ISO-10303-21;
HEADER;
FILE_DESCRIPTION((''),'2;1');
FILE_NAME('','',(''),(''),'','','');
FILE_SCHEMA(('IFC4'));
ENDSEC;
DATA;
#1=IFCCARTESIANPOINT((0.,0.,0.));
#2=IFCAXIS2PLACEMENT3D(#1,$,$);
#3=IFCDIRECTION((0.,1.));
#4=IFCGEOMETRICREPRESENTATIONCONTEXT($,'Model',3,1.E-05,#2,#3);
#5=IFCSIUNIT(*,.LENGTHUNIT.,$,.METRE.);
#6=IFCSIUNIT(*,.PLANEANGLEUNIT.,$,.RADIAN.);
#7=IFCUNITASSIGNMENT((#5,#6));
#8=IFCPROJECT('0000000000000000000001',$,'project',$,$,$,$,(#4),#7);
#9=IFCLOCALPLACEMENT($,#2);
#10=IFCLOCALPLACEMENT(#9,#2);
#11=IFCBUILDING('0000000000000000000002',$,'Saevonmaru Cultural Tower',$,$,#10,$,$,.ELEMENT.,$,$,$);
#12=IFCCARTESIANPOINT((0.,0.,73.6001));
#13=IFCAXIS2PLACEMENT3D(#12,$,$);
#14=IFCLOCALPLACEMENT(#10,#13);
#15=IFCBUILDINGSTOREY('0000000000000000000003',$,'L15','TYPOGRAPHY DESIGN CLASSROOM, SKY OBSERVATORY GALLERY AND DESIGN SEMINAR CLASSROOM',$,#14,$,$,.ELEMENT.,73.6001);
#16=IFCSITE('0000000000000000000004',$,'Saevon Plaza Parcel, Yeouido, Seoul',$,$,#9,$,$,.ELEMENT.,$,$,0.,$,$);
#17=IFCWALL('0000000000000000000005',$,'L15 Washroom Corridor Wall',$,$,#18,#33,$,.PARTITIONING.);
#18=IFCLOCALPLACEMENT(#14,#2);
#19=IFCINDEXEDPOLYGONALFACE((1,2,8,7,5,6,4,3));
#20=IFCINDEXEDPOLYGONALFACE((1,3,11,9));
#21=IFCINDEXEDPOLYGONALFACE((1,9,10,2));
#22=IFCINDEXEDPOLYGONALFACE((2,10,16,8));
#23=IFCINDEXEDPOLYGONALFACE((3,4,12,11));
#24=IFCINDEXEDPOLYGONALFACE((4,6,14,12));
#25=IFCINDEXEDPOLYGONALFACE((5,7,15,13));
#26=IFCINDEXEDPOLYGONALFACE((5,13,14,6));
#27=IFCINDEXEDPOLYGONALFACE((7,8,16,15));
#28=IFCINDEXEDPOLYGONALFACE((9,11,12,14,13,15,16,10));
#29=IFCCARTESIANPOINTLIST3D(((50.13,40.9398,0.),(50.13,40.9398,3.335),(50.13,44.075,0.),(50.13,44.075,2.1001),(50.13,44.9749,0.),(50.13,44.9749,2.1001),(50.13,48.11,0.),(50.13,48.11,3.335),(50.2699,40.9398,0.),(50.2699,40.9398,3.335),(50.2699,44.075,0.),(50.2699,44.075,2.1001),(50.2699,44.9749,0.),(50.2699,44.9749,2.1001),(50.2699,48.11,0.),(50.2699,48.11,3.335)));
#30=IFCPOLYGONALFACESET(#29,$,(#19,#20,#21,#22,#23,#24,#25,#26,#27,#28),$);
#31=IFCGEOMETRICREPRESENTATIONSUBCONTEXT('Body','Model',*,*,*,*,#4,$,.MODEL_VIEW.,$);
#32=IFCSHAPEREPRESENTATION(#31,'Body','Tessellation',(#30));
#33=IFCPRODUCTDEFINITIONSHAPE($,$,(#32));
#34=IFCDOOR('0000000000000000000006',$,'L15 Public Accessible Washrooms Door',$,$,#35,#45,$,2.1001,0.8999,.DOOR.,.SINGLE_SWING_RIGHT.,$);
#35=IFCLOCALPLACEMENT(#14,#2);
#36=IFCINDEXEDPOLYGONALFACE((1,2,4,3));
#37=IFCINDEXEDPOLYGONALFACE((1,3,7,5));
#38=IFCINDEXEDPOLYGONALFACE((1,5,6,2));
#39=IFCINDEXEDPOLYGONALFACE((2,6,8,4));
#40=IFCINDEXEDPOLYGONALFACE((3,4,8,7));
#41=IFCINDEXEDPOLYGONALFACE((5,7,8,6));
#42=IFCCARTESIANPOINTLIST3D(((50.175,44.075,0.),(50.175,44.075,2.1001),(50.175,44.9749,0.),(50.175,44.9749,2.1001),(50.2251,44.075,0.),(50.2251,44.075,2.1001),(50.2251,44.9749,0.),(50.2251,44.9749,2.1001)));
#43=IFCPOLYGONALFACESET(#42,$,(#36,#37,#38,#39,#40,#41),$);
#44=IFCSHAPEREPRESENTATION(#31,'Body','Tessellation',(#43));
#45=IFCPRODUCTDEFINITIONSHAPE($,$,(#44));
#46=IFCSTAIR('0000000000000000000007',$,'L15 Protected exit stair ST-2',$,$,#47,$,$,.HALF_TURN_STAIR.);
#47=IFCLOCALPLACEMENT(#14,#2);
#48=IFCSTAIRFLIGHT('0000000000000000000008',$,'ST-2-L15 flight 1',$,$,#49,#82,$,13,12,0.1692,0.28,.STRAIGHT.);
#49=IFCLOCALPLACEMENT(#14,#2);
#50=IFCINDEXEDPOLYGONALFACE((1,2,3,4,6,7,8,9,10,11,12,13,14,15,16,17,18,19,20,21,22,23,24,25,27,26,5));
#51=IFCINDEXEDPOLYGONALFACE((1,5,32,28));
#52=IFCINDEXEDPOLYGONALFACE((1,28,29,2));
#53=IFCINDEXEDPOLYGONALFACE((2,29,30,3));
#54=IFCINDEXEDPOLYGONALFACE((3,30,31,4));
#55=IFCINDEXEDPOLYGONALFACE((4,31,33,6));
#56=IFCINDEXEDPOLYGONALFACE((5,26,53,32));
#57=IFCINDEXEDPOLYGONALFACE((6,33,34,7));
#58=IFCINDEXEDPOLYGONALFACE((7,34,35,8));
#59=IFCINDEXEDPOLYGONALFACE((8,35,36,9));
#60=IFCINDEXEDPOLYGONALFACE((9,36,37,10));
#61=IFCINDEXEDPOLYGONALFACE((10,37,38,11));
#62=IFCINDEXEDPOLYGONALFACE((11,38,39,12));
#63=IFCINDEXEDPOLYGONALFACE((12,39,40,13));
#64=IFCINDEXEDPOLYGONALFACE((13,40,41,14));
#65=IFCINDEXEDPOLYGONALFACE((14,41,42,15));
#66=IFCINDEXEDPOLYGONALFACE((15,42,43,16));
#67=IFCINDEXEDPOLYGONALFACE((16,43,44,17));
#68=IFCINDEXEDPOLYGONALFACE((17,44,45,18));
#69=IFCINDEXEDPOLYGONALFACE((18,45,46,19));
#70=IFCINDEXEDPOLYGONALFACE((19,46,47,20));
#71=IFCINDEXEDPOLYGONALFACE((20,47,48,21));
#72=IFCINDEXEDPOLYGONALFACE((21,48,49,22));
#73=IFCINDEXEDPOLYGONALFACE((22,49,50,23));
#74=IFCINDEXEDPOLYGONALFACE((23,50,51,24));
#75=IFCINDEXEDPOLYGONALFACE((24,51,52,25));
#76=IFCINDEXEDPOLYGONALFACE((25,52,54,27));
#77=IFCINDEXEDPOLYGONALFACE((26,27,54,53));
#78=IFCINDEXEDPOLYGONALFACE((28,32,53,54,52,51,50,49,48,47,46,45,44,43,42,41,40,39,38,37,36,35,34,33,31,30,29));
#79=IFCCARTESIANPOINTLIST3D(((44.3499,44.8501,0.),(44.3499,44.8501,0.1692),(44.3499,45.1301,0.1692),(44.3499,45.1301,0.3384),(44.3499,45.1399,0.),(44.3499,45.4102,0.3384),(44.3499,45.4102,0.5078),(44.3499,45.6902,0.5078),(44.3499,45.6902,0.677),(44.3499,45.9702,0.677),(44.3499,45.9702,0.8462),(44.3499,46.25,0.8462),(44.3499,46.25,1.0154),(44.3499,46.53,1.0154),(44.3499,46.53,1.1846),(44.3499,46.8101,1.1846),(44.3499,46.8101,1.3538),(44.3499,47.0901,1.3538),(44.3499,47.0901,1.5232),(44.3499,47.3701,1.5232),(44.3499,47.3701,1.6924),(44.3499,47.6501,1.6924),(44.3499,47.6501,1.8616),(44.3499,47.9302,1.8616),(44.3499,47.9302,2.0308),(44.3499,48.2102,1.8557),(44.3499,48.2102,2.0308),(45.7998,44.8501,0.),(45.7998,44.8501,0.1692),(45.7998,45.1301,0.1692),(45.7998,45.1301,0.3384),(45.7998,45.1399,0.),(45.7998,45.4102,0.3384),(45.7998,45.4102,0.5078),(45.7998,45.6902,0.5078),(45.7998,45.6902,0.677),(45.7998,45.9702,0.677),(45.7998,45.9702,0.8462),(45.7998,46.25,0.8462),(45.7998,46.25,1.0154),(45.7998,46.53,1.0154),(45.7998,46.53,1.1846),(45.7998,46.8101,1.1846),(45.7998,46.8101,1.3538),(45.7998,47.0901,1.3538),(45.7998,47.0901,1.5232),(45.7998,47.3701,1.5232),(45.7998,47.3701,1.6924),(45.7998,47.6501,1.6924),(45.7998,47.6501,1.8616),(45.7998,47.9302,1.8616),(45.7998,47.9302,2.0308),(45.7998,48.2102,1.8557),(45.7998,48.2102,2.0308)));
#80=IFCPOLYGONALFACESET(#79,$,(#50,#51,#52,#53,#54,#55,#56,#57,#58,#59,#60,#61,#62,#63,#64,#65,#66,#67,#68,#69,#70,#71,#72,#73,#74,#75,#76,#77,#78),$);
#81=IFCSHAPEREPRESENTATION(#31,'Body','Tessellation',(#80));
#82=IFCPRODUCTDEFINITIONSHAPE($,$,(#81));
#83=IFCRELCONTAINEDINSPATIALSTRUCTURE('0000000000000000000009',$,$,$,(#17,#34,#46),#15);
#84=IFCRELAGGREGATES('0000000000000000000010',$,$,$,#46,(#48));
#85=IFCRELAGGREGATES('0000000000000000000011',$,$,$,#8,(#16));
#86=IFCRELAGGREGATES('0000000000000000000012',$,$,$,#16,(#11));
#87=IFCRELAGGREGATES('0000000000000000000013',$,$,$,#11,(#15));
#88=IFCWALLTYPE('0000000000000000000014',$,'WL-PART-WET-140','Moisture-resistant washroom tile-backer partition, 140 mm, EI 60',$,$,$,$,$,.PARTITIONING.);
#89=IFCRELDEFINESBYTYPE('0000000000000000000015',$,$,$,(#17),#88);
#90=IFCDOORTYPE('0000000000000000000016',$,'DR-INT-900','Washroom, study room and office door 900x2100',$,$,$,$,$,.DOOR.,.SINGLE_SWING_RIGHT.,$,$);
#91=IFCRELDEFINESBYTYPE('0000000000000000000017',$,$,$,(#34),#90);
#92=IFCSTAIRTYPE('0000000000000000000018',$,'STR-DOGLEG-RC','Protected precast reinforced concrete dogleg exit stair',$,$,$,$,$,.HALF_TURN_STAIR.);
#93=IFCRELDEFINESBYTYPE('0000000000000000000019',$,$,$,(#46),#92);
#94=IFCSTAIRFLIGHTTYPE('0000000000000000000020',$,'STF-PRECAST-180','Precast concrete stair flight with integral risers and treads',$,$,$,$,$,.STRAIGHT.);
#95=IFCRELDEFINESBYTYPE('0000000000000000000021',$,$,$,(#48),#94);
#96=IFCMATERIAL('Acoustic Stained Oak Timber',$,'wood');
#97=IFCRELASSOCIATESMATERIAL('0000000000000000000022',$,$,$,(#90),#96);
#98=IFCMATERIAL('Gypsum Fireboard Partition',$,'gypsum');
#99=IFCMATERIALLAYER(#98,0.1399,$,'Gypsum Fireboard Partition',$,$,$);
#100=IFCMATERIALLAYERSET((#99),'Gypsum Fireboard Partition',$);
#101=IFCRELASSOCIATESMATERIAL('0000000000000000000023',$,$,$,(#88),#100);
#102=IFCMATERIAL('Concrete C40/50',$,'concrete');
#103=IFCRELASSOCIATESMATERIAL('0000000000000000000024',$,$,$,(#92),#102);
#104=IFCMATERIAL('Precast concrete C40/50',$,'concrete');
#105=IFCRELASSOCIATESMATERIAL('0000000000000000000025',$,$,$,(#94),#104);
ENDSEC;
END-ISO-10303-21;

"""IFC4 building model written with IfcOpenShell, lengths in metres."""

from ifc_helpers import new_model, si_unit, direction, frame, frame_2d, origin, place, context, subcontext, project, spatial, polyline, rectangle, outline, extrude, material, layer, layer_set, type_object, element, fill, aggregate, save


model = new_model("IFC4")

# Units and contexts
model_context = context("Model", 3, precision=1e-05, world=origin(), true_north=direction((0.0, 1.0)))
body_context = subcontext(model_context, "Body", "Model", "MODEL_VIEW")
ifc_project = project(units=[si_unit("LENGTHUNIT", "METRE"), si_unit("PLANEANGLEUNIT", "RADIAN")], contexts=[model_context])

# Site, building, storey
site_placement = place(None, origin())
site = spatial("IfcSite", under=ifc_project, at=site_placement, Name="Saevon Plaza Parcel, Yeouido, Seoul", CompositionType="ELEMENT", RefElevation=0.0)
building_placement = place(site_placement, origin())
building = spatial("IfcBuilding", under=site, at=building_placement, Name="Saevonmaru Cultural Tower", CompositionType="ELEMENT")
storey_placement = place(building_placement, frame((0.0, 0.0, 73.6001)))
storey = spatial("IfcBuildingStorey", under=building, at=storey_placement, Name="L15", Description="TYPOGRAPHY DESIGN CLASSROOM, SKY OBSERVATORY GALLERY AND DESIGN SEMINAR CLASSROOM", CompositionType="ELEMENT", Elevation=73.6001)

# Shared definitions
ifc_material_1 = material(Name="Gypsum Fireboard Partition", Category="gypsum")
ifc_material_2 = material(Name="Acoustic Stained Oak Timber", Category="wood")
door_type_1 = type_object("IfcDoorType", Name="DR-INT-900", Description="Washroom, study room and office door 900x2100", OperationType="SINGLE_SWING_RIGHT", PredefinedType="DOOR", material=ifc_material_2)

# Shared definitions
ifc_layer_1 = layer(ifc_material_1, 0.1399, Name="Gypsum Fireboard Partition")
ifc_layer_set_1 = layer_set([ifc_layer_1], Name="Gypsum Fireboard Partition")
wall_type_1 = type_object("IfcWallType", Name="WL-PART-WET-140", Description="Moisture-resistant washroom tile-backer partition, 140 mm, EI 60", PredefinedType="PARTITIONING", material=ifc_layer_set_1)

# Wall, opening, door
wall_1_placement = place(storey_placement, frame((50.2, 40.9399, 0.0), z_axis=(0.0, 0.0, 1.0), x_axis=(0.0, 1.0, 0.0)))
wall_1 = element("IfcWall", 1, at=wall_1_placement, inside=storey, type_object=wall_type_1, Name="L15 Washroom Corridor Wall", PredefinedType="PARTITIONING", context=body_context, shape_type="SweptSolid", body=[
    extrude(rectangle(XDim=7.1702, YDim=0.1399, at=frame_2d((3.585, 0.0))), origin(), (0.0, 0.0, 1.0), 3.335),
])
opening_1_placement = place(wall_1_placement, frame((3.135, 0.0, 0.0)))
opening_1 = element("IfcOpeningElement", 2, at=opening_1_placement, cuts=wall_1, PredefinedType="OPENING", context=body_context, shape_type="SweptSolid", body=[
    extrude(rectangle(XDim=0.8999, YDim=2.1001, at=frame_2d((0.45, 1.05))), frame((0.0, 0.0801, 0.0), z_axis=(0.0, -1.0, 0.0), x_axis=(1.0, 0.0, 0.0)), (0.0, 0.0, 1.0), 0.1599),
])
door_1_placement = place(opening_1_placement, origin())
door_1 = element("IfcDoor", 3, at=door_1_placement, inside=storey, type_object=door_type_1, Name="L15 Public Accessible Washrooms Door", OperationType="SINGLE_SWING_RIGHT", OverallHeight=2.1001, OverallWidth=0.8999, PredefinedType="DOOR", context=body_context, shape_type="SweptSolid", body=[
    extrude(rectangle(XDim=0.8999, YDim=2.1001, at=frame_2d((0.45, 1.05))), frame((0.0, 0.0249, 0.0), z_axis=(0.0, -1.0, 0.0), x_axis=(1.0, 0.0, 0.0)), (0.0, 0.0, 1.0), 0.05),
])
fill(opening_1, door_1)

# Stair, stair flight
ifc_material_3 = material(Name="Concrete C40/50", Category="concrete")
stair_type = type_object("IfcStairType", Name="STR-DOGLEG-RC", Description="Protected precast reinforced concrete dogleg exit stair", PredefinedType="HALF_TURN_STAIR", material=ifc_material_3)
stair_placement = place(storey_placement, origin())
stair = element("IfcStair", 4, at=stair_placement, inside=storey, type_object=stair_type, Name="L15 Protected exit stair ST-2", PredefinedType="HALF_TURN_STAIR")
ifc_material_4 = material(Name="Precast concrete C40/50", Category="concrete")
stair_flight_type = type_object("IfcStairFlightType", Name="STF-PRECAST-180", Description="Precast concrete stair flight with integral risers and treads", PredefinedType="STRAIGHT", material=ifc_material_4)
stair_flight_placement = place(storey_placement, frame((45.075, 44.8501, 0.0), z_axis=(0.0, 0.0, 1.0), x_axis=(0.0, 1.0, 0.0)))
stair_flight = element("IfcStairFlight", 5, at=stair_flight_placement, type_object=stair_flight_type, Name="ST-2-L15 flight 1", NumberOfRisers=13, NumberOfTreads=12, PredefinedType="STRAIGHT", RiserHeight=0.1692, TreadLength=0.28, context=body_context, shape_type="SweptSolid", body=[
    extrude(outline(polyline([(0.0, 0.0), (0.0, 0.1692), (0.28, 0.1692), (0.28, 0.3384), (0.5601, 0.3384), (0.5601, 0.5078), (0.8401, 0.5078), (0.8401, 0.677), (1.1201, 0.677), (1.1201, 0.8462), (1.3999, 0.8462), (1.3999, 1.0154), (1.6799, 1.0154), (1.6799, 1.1846), (1.96, 1.1846), (1.96, 1.3538), (2.24, 1.3538), (2.24, 1.5232), (2.52, 1.5232), (2.52, 1.6924), (2.8, 1.6924), (2.8, 1.8616), (3.0801, 1.8616), (3.0801, 2.0308), (3.3601, 2.0308), (3.3601, 2.2), (3.3601, 1.8557), (0.2898, 0.0), (0.0, 0.0)])), frame((0.0, 0.7251, 0.0), z_axis=(0.0, -1.0, 0.0), x_axis=(1.0, 0.0, 0.0)), (0.0, 0.0, 1.0), 1.45),
])
aggregate(stair, [stair_flight])

save(model, "model.ifc")
